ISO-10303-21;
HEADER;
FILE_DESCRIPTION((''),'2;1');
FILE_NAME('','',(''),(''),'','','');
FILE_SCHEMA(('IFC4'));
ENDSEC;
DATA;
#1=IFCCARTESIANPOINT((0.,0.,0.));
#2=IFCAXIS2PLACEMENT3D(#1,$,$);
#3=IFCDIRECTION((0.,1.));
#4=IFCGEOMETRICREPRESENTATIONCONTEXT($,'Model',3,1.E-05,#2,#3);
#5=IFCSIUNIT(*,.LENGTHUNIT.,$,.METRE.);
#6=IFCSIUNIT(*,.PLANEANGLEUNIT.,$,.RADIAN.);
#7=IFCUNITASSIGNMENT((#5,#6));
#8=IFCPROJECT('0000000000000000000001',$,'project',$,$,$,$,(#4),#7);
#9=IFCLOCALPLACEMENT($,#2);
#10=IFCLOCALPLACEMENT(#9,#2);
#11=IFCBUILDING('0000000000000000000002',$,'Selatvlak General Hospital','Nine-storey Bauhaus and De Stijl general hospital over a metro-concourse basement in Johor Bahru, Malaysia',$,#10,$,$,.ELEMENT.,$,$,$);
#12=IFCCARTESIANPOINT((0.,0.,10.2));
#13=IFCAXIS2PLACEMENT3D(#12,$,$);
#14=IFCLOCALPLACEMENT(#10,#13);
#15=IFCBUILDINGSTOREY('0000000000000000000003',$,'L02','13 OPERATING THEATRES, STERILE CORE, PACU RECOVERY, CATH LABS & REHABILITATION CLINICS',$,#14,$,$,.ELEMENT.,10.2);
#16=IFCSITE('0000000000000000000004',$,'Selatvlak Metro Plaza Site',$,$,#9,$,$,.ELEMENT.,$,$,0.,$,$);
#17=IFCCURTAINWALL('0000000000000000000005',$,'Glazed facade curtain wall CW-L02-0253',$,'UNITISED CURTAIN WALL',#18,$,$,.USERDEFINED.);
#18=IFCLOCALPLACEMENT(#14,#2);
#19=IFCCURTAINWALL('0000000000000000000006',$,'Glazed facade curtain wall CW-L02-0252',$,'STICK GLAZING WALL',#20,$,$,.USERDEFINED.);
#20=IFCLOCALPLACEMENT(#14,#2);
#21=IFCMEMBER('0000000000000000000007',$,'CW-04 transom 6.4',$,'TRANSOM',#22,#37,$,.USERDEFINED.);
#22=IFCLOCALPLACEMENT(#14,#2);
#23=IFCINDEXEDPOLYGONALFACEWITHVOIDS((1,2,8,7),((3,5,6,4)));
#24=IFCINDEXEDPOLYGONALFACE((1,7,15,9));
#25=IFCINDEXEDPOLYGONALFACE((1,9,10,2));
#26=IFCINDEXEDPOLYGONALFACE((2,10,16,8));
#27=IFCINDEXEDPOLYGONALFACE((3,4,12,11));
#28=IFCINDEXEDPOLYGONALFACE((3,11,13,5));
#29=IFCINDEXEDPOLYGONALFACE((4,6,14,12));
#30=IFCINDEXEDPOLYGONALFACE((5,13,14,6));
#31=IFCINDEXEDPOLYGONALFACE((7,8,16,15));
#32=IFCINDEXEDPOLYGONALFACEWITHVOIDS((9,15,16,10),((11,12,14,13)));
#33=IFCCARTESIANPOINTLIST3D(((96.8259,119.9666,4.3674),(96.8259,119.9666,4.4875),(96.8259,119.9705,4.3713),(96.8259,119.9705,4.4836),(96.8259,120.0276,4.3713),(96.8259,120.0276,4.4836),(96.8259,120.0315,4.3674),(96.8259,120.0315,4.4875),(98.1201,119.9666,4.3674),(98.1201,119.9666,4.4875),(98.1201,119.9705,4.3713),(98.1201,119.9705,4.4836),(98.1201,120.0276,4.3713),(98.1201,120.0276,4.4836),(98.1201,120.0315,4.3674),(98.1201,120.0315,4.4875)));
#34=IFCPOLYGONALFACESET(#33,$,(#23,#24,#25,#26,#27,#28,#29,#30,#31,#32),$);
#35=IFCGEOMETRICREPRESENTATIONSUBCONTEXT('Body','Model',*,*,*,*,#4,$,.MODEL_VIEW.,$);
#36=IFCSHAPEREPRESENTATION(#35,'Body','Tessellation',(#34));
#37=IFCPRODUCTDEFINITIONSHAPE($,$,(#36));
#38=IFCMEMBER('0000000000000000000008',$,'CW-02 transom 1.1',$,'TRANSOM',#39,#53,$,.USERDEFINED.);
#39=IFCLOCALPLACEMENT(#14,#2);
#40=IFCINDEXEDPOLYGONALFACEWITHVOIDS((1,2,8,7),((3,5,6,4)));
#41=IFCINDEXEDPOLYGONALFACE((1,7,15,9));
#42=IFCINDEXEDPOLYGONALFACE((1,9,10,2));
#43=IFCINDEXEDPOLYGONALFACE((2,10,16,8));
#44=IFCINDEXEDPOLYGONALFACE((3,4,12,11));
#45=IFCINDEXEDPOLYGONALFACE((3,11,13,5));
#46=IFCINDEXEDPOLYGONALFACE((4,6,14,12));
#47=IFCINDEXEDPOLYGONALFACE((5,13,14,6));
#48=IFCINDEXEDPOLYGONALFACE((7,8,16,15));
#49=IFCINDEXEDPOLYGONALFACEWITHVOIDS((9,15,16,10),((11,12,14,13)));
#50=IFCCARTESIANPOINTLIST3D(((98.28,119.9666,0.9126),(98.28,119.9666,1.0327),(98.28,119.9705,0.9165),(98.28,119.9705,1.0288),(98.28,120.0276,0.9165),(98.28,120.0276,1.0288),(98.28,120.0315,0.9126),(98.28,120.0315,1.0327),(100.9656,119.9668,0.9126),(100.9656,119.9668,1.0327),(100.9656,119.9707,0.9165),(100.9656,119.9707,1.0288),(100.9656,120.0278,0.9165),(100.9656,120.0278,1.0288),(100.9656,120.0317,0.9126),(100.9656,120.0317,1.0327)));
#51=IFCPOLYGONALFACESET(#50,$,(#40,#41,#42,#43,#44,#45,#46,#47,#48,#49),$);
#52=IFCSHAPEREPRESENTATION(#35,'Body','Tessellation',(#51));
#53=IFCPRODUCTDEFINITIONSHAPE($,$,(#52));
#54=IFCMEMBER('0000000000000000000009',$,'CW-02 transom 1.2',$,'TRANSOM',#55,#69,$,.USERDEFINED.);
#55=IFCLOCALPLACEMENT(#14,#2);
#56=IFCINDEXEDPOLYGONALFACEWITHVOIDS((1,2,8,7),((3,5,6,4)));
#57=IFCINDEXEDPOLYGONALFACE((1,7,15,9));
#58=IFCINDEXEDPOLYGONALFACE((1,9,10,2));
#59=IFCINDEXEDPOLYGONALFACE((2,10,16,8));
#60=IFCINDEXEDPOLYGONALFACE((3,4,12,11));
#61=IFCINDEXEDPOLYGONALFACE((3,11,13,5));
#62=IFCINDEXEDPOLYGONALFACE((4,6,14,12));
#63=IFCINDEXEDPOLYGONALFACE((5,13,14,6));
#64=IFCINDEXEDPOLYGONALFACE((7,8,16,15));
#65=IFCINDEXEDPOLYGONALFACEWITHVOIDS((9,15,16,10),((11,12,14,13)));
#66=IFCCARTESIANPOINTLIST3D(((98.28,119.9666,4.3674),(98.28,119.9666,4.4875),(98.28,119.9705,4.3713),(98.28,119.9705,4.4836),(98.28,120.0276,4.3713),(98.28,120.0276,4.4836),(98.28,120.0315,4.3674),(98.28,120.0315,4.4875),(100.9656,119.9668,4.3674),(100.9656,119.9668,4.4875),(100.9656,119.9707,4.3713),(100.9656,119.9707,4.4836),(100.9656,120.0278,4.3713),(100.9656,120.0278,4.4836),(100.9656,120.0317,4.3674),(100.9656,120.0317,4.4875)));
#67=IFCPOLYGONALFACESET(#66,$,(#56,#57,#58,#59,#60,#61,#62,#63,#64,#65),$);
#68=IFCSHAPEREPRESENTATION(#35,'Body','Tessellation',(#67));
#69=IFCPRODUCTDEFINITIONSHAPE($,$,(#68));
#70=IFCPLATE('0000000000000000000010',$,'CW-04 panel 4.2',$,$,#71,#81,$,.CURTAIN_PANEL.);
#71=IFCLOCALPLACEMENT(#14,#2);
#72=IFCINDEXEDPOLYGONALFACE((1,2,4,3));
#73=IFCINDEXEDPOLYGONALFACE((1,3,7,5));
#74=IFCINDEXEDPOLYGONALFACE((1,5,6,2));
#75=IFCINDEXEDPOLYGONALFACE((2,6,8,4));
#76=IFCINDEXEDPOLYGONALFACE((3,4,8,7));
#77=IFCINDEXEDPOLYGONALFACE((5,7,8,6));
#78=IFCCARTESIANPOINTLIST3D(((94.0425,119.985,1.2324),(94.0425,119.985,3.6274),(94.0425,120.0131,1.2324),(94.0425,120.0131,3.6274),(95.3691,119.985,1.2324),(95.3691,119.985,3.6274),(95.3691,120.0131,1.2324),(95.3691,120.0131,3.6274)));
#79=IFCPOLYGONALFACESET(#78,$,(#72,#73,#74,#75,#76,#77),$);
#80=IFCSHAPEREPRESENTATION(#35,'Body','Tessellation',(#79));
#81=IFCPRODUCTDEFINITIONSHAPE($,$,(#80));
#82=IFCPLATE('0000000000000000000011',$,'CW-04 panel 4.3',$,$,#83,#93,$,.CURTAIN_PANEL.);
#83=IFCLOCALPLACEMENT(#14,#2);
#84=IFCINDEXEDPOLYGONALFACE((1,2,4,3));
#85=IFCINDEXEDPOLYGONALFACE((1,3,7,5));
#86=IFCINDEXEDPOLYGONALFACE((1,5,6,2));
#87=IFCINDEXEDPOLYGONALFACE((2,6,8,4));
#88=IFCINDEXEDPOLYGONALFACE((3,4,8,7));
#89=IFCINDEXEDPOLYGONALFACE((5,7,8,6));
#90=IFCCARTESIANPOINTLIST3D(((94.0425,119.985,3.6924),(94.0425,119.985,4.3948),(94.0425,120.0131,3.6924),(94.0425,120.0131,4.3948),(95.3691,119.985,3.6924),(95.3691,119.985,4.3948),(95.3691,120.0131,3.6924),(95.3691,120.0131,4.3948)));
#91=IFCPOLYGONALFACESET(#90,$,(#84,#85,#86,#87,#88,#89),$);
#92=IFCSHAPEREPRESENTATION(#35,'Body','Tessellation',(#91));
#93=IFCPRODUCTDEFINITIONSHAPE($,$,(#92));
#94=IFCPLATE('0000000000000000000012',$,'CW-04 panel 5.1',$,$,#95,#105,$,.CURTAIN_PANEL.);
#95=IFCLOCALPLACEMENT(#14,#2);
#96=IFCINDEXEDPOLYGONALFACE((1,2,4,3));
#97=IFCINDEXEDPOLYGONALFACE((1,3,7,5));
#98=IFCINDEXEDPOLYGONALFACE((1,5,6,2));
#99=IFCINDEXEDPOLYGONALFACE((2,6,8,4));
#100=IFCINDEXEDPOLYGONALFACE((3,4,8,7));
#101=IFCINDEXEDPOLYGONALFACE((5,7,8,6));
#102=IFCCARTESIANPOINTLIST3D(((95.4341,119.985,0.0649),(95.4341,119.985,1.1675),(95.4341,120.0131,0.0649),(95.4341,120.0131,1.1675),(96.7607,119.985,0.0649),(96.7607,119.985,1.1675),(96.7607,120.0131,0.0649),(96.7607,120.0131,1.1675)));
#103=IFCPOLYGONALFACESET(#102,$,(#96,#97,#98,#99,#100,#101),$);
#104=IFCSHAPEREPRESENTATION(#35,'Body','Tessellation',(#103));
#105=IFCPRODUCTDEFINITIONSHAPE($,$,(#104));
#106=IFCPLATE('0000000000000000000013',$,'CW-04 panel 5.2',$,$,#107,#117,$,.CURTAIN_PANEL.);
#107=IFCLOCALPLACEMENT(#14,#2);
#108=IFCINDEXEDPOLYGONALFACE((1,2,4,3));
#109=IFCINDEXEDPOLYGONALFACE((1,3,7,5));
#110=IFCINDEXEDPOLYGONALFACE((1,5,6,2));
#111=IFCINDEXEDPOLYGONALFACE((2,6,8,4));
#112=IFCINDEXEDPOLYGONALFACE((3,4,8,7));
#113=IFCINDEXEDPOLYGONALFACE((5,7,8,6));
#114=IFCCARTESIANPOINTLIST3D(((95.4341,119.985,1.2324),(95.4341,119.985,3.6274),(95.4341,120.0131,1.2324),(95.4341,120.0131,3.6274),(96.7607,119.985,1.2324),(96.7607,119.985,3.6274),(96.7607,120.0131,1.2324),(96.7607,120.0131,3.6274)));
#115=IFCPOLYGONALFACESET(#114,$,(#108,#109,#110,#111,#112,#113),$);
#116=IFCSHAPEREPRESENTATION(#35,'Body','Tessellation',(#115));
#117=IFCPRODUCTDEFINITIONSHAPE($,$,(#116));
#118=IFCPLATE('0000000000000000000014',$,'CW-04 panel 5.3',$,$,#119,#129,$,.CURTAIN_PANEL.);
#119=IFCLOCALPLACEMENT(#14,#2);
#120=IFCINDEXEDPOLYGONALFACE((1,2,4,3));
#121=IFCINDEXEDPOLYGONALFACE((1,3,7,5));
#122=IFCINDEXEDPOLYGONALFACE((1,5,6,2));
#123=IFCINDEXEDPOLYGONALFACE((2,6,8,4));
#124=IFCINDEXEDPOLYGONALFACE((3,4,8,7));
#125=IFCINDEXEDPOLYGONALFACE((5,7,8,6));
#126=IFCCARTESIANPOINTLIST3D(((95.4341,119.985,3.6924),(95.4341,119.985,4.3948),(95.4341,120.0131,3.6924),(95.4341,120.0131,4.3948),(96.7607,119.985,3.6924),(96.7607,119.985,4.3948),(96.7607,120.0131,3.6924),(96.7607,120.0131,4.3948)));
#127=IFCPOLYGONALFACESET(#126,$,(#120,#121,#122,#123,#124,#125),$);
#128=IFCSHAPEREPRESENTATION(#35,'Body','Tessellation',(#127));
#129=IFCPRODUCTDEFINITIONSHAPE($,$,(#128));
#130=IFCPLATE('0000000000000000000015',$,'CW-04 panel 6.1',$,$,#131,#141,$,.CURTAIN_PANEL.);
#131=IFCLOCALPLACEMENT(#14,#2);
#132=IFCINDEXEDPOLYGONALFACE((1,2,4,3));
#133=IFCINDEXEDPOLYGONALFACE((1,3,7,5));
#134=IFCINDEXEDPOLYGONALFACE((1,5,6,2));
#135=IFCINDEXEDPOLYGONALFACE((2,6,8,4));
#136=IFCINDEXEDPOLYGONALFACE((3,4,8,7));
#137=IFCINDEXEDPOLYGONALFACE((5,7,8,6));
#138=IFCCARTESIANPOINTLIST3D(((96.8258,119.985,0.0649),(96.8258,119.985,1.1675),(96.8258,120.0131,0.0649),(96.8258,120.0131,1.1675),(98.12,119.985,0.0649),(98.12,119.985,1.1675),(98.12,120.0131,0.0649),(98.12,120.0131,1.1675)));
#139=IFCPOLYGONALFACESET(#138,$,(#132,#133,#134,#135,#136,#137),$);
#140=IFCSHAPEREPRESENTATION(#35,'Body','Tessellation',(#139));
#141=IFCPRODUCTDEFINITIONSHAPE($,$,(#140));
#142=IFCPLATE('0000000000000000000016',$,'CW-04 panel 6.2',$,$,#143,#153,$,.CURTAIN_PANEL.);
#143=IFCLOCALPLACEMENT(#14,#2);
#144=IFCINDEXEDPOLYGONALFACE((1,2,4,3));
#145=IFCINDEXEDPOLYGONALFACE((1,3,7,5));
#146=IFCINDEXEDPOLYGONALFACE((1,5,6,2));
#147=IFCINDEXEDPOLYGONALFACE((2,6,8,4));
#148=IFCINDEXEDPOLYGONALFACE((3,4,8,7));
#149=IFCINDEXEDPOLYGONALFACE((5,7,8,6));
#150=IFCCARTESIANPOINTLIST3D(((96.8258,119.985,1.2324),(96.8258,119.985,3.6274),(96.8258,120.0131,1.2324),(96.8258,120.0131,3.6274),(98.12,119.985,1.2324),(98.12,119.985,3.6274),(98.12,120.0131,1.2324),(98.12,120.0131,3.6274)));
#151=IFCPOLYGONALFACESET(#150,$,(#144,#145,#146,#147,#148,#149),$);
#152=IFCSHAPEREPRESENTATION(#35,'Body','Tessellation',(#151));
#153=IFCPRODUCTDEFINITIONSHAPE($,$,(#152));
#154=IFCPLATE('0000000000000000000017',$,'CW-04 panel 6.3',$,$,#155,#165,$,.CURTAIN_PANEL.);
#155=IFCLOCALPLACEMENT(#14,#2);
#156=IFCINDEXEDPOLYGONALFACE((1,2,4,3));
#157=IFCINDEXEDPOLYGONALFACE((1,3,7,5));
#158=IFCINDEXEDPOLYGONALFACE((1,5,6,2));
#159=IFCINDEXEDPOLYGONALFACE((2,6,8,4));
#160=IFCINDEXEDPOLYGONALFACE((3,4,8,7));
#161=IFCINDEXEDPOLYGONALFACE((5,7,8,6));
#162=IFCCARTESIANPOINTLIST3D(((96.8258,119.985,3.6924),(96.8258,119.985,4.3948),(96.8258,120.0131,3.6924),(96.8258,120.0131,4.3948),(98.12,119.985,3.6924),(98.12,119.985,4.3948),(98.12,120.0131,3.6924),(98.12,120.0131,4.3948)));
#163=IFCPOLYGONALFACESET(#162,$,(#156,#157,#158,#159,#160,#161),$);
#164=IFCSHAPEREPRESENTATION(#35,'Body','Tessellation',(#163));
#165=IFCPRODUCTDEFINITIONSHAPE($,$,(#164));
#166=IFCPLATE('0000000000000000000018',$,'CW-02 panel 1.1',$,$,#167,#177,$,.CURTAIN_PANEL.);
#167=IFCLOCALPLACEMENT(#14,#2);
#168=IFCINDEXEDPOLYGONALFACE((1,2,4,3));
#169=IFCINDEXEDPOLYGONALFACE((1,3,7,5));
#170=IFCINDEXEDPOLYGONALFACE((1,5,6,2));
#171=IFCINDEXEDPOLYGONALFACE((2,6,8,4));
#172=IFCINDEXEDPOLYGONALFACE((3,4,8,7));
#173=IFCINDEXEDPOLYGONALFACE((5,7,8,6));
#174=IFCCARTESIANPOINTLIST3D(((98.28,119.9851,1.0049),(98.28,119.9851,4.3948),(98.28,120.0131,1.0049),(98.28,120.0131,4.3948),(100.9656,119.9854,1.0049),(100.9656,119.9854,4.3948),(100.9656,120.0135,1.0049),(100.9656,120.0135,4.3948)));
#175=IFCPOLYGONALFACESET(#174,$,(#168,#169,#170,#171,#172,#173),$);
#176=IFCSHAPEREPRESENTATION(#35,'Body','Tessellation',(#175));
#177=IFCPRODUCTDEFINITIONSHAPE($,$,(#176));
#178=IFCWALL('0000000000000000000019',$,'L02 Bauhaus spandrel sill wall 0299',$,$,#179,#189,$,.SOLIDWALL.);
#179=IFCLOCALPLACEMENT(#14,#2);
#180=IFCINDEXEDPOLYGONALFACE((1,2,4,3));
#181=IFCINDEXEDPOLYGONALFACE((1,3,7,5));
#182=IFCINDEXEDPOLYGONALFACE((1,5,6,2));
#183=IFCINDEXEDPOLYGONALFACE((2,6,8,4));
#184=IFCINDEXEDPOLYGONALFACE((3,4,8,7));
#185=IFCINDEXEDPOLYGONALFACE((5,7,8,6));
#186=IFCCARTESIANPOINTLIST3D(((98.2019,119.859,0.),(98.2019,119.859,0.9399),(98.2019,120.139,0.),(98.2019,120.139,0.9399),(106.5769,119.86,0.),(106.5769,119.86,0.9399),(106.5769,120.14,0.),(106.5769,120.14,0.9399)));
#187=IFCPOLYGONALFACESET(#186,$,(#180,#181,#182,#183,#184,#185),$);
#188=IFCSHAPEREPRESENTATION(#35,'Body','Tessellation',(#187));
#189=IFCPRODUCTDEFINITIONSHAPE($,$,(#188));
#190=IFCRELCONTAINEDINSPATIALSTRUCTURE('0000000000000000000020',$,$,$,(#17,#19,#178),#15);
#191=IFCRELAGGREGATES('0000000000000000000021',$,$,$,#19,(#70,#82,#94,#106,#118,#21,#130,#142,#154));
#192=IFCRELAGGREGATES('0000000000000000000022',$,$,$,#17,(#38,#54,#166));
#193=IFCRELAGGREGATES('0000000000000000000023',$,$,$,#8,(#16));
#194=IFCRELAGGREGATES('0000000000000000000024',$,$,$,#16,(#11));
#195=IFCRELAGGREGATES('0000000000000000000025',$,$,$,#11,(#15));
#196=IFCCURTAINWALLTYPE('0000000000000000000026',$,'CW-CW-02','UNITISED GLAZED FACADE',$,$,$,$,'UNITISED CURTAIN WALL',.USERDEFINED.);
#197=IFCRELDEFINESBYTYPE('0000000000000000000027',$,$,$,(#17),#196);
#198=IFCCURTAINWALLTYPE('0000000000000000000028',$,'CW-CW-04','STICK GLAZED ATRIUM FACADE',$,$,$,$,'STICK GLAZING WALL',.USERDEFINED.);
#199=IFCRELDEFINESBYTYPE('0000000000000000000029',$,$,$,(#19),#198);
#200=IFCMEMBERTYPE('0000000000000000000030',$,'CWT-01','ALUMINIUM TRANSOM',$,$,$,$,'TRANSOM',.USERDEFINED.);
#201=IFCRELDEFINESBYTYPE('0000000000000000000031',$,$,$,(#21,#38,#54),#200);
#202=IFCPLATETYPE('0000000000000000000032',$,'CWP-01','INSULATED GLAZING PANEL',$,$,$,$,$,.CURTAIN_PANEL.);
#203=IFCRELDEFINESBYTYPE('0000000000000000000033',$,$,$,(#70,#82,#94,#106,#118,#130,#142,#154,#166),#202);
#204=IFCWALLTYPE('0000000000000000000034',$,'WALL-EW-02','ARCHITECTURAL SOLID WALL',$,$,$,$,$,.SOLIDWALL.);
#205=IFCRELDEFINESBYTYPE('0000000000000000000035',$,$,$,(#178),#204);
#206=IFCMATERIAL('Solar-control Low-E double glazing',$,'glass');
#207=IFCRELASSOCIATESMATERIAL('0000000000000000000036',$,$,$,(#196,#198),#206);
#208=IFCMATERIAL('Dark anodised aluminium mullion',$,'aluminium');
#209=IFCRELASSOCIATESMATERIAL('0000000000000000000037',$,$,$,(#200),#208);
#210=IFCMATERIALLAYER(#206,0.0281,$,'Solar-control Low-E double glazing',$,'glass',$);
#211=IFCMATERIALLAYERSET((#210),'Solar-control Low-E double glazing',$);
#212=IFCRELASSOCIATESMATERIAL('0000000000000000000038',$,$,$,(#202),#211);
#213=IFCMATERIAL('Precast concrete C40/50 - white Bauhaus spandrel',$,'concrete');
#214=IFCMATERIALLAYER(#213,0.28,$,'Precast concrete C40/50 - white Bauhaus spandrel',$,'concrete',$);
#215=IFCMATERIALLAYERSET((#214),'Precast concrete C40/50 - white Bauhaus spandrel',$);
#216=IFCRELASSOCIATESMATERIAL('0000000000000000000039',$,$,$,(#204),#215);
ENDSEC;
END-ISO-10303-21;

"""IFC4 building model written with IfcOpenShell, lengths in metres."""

from ifc_helpers import new_model, si_unit, direction, frame, frame_2d, origin, origin_2d, place, context, subcontext, project, spatial, rectangle, hollow_rectangle, extrude, material, layer, layer_set, material_profile, profile_set, type_object, element, aggregate, save


model = new_model("IFC4")

# Units and contexts
model_context = context("Model", 3, precision=1e-05, world=origin(), true_north=direction((0.0, 1.0)))
body_context = subcontext(model_context, "Body", "Model", "MODEL_VIEW")
ifc_project = project(units=[si_unit("LENGTHUNIT", "METRE"), si_unit("PLANEANGLEUNIT", "RADIAN")], contexts=[model_context])

# Site, building, storey
site_placement = place(None, origin())
site = spatial("IfcSite", under=ifc_project, at=site_placement, Name="Selatvlak Metro Plaza Site", CompositionType="ELEMENT", RefElevation=0.0)
building_placement = place(site_placement, origin())
building = spatial("IfcBuilding", under=site, at=building_placement, Name="Selatvlak General Hospital", Description="Nine-storey Bauhaus and De Stijl general hospital over a metro-concourse basement in Johor Bahru, Malaysia", CompositionType="ELEMENT")
storey_placement = place(building_placement, frame((0.0, 0.0, 10.2)))
storey = spatial("IfcBuildingStorey", under=building, at=storey_placement, Name="L02", Description="13 OPERATING THEATRES, STERILE CORE, PACU RECOVERY, CATH LABS & REHABILITATION CLINICS", CompositionType="ELEMENT", Elevation=10.2)

# Curtain wall
ifc_material_1 = material(Name="Solar-control Low-E double glazing", Category="glass")
curtain_wall_type_1 = type_object("IfcCurtainWallType", Name="CW-CW-02", Description="UNITISED GLAZED FACADE", ElementType="UNITISED CURTAIN WALL", PredefinedType="USERDEFINED", material=ifc_material_1)
curtain_wall_1_placement = place(storey_placement, origin())
curtain_wall_1 = element("IfcCurtainWall", 1, at=curtain_wall_1_placement, inside=storey, type_object=curtain_wall_type_1, Name="Glazed facade curtain wall CW-L02-0253", ObjectType="UNITISED CURTAIN WALL", PredefinedType="USERDEFINED")
ifc_material_2 = material(Name="Dark anodised aluminium mullion", Category="aluminium")

# Curtain wall, member
curtain_wall_type_2 = type_object("IfcCurtainWallType", Name="CW-CW-04", Description="STICK GLAZED ATRIUM FACADE", ElementType="STICK GLAZING WALL", PredefinedType="USERDEFINED", material=ifc_material_1)
curtain_wall_2_placement = place(storey_placement, origin())
curtain_wall_2 = element("IfcCurtainWall", 2, at=curtain_wall_2_placement, inside=storey, type_object=curtain_wall_type_2, Name="Glazed facade curtain wall CW-L02-0252", ObjectType="STICK GLAZING WALL", PredefinedType="USERDEFINED")
ifc_material_profile_1 = material_profile(ifc_material_2, hollow_rectangle(XDim=0.0649, YDim=0.1201, WallThickness=0.0039, at=origin_2d()), Name="AL-TRN 65x120x4")
ifc_profile_set_1 = profile_set([ifc_material_profile_1], Name="Dark anodised aluminium mullion")
member_type_1 = type_object("IfcMemberType", Name="CWT-01", Description="ALUMINIUM TRANSOM", ElementType="TRANSOM", PredefinedType="USERDEFINED", material=ifc_profile_set_1)
member_1_placement = place(storey_placement, frame((96.8259, 119.999, 4.4275), z_axis=(1.0, 0.0, 0.0), x_axis=(0.0, 1.0, 0.0)))
member_1 = element("IfcMember", 3, at=member_1_placement, type_object=member_type_1, Name="CW-04 transom 6.4", ObjectType="TRANSOM", PredefinedType="USERDEFINED", context=body_context, shape_type="SweptSolid", body=[
    extrude(hollow_rectangle(XDim=0.0649, YDim=0.1201, WallThickness=0.0039, at=origin_2d()), origin(), (0.0, 0.0, 1.0), 1.2942),
])

# Members
member_2_placement = place(storey_placement, frame((98.28, 119.999, 0.9727), z_axis=(1.0, 0.000091, 0.0), x_axis=(-0.000091, 1.0, 0.0)))
member_2 = element("IfcMember", 4, at=member_2_placement, type_object=member_type_1, Name="CW-02 transom 1.1", ObjectType="TRANSOM", PredefinedType="USERDEFINED", context=body_context, shape_type="SweptSolid", body=[
    extrude(hollow_rectangle(XDim=0.0649, YDim=0.1201, WallThickness=0.0039, at=origin_2d()), origin(), (0.0, 0.0, 1.0), 2.6855),
])
member_3_placement = place(storey_placement, frame((98.28, 119.999, 4.4275), z_axis=(1.0, 0.000091, 0.0), x_axis=(-0.000091, 1.0, 0.0)))
member_3 = element("IfcMember", 5, at=member_3_placement, type_object=member_type_1, Name="CW-02 transom 1.2", ObjectType="TRANSOM", PredefinedType="USERDEFINED", context=body_context, shape_type="SweptSolid", body=[
    extrude(hollow_rectangle(XDim=0.0649, YDim=0.1201, WallThickness=0.0039, at=origin_2d()), origin(), (0.0, 0.0, 1.0), 2.6855),
])

# Plates
ifc_layer_1 = layer(ifc_material_1, 0.0281, Name="Solar-control Low-E double glazing", Category="glass")
ifc_layer_set_1 = layer_set([ifc_layer_1], Name="Solar-control Low-E double glazing")
plate_type = type_object("IfcPlateType", Name="CWP-01", Description="INSULATED GLAZING PANEL", PredefinedType="CURTAIN_PANEL", material=ifc_layer_set_1)
plate_1_placement = place(storey_placement, frame((94.7058, 119.999, 1.2324), z_axis=(0.0, 0.0, 1.0), x_axis=(1.0, 0.0, 0.0)))
plate_1 = element("IfcPlate", 6, at=plate_1_placement, type_object=plate_type, Name="CW-04 panel 4.2", PredefinedType="CURTAIN_PANEL", context=body_context, shape_type="SweptSolid", body=[
    extrude(rectangle(XDim=1.3267, YDim=0.0281, at=origin_2d()), origin(), (0.0, 0.0, 1.0), 2.395),
])
plate_2_placement = place(storey_placement, frame((94.7058, 119.999, 3.6924), z_axis=(0.0, 0.0, 1.0), x_axis=(1.0, 0.0, 0.0)))
plate_2 = element("IfcPlate", 7, at=plate_2_placement, type_object=plate_type, Name="CW-04 panel 4.3", PredefinedType="CURTAIN_PANEL", context=body_context, shape_type="SweptSolid", body=[
    extrude(rectangle(XDim=1.3267, YDim=0.0281, at=origin_2d()), origin(), (0.0, 0.0, 1.0), 0.7024),
])
plate_3_placement = place(storey_placement, frame((96.0974, 119.999, 0.0649), z_axis=(0.0, 0.0, 1.0), x_axis=(1.0, 0.0, 0.0)))
plate_3 = element("IfcPlate", 8, at=plate_3_placement, type_object=plate_type, Name="CW-04 panel 5.1", PredefinedType="CURTAIN_PANEL", context=body_context, shape_type="SweptSolid", body=[
    extrude(rectangle(XDim=1.3267, YDim=0.0281, at=origin_2d()), origin(), (0.0, 0.0, 1.0), 1.1025),
])
plate_4_placement = place(storey_placement, frame((96.0974, 119.999, 1.2324), z_axis=(0.0, 0.0, 1.0), x_axis=(1.0, 0.0, 0.0)))
plate_4 = element("IfcPlate", 9, at=plate_4_placement, type_object=plate_type, Name="CW-04 panel 5.2", PredefinedType="CURTAIN_PANEL", context=body_context, shape_type="SweptSolid", body=[
    extrude(rectangle(XDim=1.3267, YDim=0.0281, at=origin_2d()), origin(), (0.0, 0.0, 1.0), 2.395),
])
plate_5_placement = place(storey_placement, frame((96.0974, 119.999, 3.6924), z_axis=(0.0, 0.0, 1.0), x_axis=(1.0, 0.0, 0.0)))
plate_5 = element("IfcPlate", 10, at=plate_5_placement, type_object=plate_type, Name="CW-04 panel 5.3", PredefinedType="CURTAIN_PANEL", context=body_context, shape_type="SweptSolid", body=[
    extrude(rectangle(XDim=1.3267, YDim=0.0281, at=origin_2d()), origin(), (0.0, 0.0, 1.0), 0.7024),
])
plate_6_placement = place(storey_placement, frame((97.4729, 119.999, 0.0649), z_axis=(0.0, 0.0, 1.0), x_axis=(1.0, 0.0, 0.0)))
plate_6 = element("IfcPlate", 11, at=plate_6_placement, type_object=plate_type, Name="CW-04 panel 6.1", PredefinedType="CURTAIN_PANEL", context=body_context, shape_type="SweptSolid", body=[
    extrude(rectangle(XDim=1.2942, YDim=0.0281, at=origin_2d()), origin(), (0.0, 0.0, 1.0), 1.1025),
])
plate_7_placement = place(storey_placement, frame((97.4729, 119.999, 1.2324), z_axis=(0.0, 0.0, 1.0), x_axis=(1.0, 0.0, 0.0)))
plate_7 = element("IfcPlate", 12, at=plate_7_placement, type_object=plate_type, Name="CW-04 panel 6.2", PredefinedType="CURTAIN_PANEL", context=body_context, shape_type="SweptSolid", body=[
    extrude(rectangle(XDim=1.2942, YDim=0.0281, at=origin_2d()), origin(), (0.0, 0.0, 1.0), 2.395),
])
plate_8_placement = place(storey_placement, frame((97.4729, 119.999, 3.6924), z_axis=(0.0, 0.0, 1.0), x_axis=(1.0, 0.0, 0.0)))
plate_8 = element("IfcPlate", 13, at=plate_8_placement, type_object=plate_type, Name="CW-04 panel 6.3", PredefinedType="CURTAIN_PANEL", context=body_context, shape_type="SweptSolid", body=[
    extrude(rectangle(XDim=1.2942, YDim=0.0281, at=origin_2d()), origin(), (0.0, 0.0, 1.0), 0.7024),
])
aggregate(curtain_wall_2, [plate_1, plate_2, plate_3, plate_4, plate_5, member_1, plate_6, plate_7, plate_8])
plate_9_placement = place(storey_placement, frame((99.6228, 119.9993, 1.0049), z_axis=(0.0, 0.0, 1.0), x_axis=(1.0, 0.00012, 0.0)))
plate_9 = element("IfcPlate", 14, at=plate_9_placement, type_object=plate_type, Name="CW-02 panel 1.1", PredefinedType="CURTAIN_PANEL", context=body_context, shape_type="SweptSolid", body=[
    extrude(rectangle(XDim=2.6855, YDim=0.0281, at=origin_2d()), origin(), (0.0, 0.0, 1.0), 3.3899),
])
aggregate(curtain_wall_1, [member_2, member_3, plate_9])

# Wall
ifc_material_3 = material(Name="Precast concrete C40/50 - white Bauhaus spandrel", Category="concrete")
ifc_layer_2 = layer(ifc_material_3, 0.28, Name="Precast concrete C40/50 - white Bauhaus spandrel", Category="concrete")
ifc_layer_set_2 = layer_set([ifc_layer_2], Name="Precast concrete C40/50 - white Bauhaus spandrel")
wall_type = type_object("IfcWallType", Name="WALL-EW-02", Description="ARCHITECTURAL SOLID WALL", PredefinedType="SOLIDWALL", material=ifc_layer_set_2)
wall_placement = place(storey_placement, frame((98.2019, 119.999, 0.0), z_axis=(0.0, 0.0, 1.0), x_axis=(1.0, 0.000117, 0.0)))
element("IfcWall", 15, at=wall_placement, inside=storey, type_object=wall_type, Name="L02 Bauhaus spandrel sill wall 0299", PredefinedType="SOLIDWALL", context=body_context, shape_type="SweptSolid", body=[
    extrude(rectangle(XDim=8.375, YDim=0.28, at=frame_2d((4.1875, 0.0))), origin(), (0.0, 0.0, 1.0), 0.9399),
])

save(model, "model.ifc")
